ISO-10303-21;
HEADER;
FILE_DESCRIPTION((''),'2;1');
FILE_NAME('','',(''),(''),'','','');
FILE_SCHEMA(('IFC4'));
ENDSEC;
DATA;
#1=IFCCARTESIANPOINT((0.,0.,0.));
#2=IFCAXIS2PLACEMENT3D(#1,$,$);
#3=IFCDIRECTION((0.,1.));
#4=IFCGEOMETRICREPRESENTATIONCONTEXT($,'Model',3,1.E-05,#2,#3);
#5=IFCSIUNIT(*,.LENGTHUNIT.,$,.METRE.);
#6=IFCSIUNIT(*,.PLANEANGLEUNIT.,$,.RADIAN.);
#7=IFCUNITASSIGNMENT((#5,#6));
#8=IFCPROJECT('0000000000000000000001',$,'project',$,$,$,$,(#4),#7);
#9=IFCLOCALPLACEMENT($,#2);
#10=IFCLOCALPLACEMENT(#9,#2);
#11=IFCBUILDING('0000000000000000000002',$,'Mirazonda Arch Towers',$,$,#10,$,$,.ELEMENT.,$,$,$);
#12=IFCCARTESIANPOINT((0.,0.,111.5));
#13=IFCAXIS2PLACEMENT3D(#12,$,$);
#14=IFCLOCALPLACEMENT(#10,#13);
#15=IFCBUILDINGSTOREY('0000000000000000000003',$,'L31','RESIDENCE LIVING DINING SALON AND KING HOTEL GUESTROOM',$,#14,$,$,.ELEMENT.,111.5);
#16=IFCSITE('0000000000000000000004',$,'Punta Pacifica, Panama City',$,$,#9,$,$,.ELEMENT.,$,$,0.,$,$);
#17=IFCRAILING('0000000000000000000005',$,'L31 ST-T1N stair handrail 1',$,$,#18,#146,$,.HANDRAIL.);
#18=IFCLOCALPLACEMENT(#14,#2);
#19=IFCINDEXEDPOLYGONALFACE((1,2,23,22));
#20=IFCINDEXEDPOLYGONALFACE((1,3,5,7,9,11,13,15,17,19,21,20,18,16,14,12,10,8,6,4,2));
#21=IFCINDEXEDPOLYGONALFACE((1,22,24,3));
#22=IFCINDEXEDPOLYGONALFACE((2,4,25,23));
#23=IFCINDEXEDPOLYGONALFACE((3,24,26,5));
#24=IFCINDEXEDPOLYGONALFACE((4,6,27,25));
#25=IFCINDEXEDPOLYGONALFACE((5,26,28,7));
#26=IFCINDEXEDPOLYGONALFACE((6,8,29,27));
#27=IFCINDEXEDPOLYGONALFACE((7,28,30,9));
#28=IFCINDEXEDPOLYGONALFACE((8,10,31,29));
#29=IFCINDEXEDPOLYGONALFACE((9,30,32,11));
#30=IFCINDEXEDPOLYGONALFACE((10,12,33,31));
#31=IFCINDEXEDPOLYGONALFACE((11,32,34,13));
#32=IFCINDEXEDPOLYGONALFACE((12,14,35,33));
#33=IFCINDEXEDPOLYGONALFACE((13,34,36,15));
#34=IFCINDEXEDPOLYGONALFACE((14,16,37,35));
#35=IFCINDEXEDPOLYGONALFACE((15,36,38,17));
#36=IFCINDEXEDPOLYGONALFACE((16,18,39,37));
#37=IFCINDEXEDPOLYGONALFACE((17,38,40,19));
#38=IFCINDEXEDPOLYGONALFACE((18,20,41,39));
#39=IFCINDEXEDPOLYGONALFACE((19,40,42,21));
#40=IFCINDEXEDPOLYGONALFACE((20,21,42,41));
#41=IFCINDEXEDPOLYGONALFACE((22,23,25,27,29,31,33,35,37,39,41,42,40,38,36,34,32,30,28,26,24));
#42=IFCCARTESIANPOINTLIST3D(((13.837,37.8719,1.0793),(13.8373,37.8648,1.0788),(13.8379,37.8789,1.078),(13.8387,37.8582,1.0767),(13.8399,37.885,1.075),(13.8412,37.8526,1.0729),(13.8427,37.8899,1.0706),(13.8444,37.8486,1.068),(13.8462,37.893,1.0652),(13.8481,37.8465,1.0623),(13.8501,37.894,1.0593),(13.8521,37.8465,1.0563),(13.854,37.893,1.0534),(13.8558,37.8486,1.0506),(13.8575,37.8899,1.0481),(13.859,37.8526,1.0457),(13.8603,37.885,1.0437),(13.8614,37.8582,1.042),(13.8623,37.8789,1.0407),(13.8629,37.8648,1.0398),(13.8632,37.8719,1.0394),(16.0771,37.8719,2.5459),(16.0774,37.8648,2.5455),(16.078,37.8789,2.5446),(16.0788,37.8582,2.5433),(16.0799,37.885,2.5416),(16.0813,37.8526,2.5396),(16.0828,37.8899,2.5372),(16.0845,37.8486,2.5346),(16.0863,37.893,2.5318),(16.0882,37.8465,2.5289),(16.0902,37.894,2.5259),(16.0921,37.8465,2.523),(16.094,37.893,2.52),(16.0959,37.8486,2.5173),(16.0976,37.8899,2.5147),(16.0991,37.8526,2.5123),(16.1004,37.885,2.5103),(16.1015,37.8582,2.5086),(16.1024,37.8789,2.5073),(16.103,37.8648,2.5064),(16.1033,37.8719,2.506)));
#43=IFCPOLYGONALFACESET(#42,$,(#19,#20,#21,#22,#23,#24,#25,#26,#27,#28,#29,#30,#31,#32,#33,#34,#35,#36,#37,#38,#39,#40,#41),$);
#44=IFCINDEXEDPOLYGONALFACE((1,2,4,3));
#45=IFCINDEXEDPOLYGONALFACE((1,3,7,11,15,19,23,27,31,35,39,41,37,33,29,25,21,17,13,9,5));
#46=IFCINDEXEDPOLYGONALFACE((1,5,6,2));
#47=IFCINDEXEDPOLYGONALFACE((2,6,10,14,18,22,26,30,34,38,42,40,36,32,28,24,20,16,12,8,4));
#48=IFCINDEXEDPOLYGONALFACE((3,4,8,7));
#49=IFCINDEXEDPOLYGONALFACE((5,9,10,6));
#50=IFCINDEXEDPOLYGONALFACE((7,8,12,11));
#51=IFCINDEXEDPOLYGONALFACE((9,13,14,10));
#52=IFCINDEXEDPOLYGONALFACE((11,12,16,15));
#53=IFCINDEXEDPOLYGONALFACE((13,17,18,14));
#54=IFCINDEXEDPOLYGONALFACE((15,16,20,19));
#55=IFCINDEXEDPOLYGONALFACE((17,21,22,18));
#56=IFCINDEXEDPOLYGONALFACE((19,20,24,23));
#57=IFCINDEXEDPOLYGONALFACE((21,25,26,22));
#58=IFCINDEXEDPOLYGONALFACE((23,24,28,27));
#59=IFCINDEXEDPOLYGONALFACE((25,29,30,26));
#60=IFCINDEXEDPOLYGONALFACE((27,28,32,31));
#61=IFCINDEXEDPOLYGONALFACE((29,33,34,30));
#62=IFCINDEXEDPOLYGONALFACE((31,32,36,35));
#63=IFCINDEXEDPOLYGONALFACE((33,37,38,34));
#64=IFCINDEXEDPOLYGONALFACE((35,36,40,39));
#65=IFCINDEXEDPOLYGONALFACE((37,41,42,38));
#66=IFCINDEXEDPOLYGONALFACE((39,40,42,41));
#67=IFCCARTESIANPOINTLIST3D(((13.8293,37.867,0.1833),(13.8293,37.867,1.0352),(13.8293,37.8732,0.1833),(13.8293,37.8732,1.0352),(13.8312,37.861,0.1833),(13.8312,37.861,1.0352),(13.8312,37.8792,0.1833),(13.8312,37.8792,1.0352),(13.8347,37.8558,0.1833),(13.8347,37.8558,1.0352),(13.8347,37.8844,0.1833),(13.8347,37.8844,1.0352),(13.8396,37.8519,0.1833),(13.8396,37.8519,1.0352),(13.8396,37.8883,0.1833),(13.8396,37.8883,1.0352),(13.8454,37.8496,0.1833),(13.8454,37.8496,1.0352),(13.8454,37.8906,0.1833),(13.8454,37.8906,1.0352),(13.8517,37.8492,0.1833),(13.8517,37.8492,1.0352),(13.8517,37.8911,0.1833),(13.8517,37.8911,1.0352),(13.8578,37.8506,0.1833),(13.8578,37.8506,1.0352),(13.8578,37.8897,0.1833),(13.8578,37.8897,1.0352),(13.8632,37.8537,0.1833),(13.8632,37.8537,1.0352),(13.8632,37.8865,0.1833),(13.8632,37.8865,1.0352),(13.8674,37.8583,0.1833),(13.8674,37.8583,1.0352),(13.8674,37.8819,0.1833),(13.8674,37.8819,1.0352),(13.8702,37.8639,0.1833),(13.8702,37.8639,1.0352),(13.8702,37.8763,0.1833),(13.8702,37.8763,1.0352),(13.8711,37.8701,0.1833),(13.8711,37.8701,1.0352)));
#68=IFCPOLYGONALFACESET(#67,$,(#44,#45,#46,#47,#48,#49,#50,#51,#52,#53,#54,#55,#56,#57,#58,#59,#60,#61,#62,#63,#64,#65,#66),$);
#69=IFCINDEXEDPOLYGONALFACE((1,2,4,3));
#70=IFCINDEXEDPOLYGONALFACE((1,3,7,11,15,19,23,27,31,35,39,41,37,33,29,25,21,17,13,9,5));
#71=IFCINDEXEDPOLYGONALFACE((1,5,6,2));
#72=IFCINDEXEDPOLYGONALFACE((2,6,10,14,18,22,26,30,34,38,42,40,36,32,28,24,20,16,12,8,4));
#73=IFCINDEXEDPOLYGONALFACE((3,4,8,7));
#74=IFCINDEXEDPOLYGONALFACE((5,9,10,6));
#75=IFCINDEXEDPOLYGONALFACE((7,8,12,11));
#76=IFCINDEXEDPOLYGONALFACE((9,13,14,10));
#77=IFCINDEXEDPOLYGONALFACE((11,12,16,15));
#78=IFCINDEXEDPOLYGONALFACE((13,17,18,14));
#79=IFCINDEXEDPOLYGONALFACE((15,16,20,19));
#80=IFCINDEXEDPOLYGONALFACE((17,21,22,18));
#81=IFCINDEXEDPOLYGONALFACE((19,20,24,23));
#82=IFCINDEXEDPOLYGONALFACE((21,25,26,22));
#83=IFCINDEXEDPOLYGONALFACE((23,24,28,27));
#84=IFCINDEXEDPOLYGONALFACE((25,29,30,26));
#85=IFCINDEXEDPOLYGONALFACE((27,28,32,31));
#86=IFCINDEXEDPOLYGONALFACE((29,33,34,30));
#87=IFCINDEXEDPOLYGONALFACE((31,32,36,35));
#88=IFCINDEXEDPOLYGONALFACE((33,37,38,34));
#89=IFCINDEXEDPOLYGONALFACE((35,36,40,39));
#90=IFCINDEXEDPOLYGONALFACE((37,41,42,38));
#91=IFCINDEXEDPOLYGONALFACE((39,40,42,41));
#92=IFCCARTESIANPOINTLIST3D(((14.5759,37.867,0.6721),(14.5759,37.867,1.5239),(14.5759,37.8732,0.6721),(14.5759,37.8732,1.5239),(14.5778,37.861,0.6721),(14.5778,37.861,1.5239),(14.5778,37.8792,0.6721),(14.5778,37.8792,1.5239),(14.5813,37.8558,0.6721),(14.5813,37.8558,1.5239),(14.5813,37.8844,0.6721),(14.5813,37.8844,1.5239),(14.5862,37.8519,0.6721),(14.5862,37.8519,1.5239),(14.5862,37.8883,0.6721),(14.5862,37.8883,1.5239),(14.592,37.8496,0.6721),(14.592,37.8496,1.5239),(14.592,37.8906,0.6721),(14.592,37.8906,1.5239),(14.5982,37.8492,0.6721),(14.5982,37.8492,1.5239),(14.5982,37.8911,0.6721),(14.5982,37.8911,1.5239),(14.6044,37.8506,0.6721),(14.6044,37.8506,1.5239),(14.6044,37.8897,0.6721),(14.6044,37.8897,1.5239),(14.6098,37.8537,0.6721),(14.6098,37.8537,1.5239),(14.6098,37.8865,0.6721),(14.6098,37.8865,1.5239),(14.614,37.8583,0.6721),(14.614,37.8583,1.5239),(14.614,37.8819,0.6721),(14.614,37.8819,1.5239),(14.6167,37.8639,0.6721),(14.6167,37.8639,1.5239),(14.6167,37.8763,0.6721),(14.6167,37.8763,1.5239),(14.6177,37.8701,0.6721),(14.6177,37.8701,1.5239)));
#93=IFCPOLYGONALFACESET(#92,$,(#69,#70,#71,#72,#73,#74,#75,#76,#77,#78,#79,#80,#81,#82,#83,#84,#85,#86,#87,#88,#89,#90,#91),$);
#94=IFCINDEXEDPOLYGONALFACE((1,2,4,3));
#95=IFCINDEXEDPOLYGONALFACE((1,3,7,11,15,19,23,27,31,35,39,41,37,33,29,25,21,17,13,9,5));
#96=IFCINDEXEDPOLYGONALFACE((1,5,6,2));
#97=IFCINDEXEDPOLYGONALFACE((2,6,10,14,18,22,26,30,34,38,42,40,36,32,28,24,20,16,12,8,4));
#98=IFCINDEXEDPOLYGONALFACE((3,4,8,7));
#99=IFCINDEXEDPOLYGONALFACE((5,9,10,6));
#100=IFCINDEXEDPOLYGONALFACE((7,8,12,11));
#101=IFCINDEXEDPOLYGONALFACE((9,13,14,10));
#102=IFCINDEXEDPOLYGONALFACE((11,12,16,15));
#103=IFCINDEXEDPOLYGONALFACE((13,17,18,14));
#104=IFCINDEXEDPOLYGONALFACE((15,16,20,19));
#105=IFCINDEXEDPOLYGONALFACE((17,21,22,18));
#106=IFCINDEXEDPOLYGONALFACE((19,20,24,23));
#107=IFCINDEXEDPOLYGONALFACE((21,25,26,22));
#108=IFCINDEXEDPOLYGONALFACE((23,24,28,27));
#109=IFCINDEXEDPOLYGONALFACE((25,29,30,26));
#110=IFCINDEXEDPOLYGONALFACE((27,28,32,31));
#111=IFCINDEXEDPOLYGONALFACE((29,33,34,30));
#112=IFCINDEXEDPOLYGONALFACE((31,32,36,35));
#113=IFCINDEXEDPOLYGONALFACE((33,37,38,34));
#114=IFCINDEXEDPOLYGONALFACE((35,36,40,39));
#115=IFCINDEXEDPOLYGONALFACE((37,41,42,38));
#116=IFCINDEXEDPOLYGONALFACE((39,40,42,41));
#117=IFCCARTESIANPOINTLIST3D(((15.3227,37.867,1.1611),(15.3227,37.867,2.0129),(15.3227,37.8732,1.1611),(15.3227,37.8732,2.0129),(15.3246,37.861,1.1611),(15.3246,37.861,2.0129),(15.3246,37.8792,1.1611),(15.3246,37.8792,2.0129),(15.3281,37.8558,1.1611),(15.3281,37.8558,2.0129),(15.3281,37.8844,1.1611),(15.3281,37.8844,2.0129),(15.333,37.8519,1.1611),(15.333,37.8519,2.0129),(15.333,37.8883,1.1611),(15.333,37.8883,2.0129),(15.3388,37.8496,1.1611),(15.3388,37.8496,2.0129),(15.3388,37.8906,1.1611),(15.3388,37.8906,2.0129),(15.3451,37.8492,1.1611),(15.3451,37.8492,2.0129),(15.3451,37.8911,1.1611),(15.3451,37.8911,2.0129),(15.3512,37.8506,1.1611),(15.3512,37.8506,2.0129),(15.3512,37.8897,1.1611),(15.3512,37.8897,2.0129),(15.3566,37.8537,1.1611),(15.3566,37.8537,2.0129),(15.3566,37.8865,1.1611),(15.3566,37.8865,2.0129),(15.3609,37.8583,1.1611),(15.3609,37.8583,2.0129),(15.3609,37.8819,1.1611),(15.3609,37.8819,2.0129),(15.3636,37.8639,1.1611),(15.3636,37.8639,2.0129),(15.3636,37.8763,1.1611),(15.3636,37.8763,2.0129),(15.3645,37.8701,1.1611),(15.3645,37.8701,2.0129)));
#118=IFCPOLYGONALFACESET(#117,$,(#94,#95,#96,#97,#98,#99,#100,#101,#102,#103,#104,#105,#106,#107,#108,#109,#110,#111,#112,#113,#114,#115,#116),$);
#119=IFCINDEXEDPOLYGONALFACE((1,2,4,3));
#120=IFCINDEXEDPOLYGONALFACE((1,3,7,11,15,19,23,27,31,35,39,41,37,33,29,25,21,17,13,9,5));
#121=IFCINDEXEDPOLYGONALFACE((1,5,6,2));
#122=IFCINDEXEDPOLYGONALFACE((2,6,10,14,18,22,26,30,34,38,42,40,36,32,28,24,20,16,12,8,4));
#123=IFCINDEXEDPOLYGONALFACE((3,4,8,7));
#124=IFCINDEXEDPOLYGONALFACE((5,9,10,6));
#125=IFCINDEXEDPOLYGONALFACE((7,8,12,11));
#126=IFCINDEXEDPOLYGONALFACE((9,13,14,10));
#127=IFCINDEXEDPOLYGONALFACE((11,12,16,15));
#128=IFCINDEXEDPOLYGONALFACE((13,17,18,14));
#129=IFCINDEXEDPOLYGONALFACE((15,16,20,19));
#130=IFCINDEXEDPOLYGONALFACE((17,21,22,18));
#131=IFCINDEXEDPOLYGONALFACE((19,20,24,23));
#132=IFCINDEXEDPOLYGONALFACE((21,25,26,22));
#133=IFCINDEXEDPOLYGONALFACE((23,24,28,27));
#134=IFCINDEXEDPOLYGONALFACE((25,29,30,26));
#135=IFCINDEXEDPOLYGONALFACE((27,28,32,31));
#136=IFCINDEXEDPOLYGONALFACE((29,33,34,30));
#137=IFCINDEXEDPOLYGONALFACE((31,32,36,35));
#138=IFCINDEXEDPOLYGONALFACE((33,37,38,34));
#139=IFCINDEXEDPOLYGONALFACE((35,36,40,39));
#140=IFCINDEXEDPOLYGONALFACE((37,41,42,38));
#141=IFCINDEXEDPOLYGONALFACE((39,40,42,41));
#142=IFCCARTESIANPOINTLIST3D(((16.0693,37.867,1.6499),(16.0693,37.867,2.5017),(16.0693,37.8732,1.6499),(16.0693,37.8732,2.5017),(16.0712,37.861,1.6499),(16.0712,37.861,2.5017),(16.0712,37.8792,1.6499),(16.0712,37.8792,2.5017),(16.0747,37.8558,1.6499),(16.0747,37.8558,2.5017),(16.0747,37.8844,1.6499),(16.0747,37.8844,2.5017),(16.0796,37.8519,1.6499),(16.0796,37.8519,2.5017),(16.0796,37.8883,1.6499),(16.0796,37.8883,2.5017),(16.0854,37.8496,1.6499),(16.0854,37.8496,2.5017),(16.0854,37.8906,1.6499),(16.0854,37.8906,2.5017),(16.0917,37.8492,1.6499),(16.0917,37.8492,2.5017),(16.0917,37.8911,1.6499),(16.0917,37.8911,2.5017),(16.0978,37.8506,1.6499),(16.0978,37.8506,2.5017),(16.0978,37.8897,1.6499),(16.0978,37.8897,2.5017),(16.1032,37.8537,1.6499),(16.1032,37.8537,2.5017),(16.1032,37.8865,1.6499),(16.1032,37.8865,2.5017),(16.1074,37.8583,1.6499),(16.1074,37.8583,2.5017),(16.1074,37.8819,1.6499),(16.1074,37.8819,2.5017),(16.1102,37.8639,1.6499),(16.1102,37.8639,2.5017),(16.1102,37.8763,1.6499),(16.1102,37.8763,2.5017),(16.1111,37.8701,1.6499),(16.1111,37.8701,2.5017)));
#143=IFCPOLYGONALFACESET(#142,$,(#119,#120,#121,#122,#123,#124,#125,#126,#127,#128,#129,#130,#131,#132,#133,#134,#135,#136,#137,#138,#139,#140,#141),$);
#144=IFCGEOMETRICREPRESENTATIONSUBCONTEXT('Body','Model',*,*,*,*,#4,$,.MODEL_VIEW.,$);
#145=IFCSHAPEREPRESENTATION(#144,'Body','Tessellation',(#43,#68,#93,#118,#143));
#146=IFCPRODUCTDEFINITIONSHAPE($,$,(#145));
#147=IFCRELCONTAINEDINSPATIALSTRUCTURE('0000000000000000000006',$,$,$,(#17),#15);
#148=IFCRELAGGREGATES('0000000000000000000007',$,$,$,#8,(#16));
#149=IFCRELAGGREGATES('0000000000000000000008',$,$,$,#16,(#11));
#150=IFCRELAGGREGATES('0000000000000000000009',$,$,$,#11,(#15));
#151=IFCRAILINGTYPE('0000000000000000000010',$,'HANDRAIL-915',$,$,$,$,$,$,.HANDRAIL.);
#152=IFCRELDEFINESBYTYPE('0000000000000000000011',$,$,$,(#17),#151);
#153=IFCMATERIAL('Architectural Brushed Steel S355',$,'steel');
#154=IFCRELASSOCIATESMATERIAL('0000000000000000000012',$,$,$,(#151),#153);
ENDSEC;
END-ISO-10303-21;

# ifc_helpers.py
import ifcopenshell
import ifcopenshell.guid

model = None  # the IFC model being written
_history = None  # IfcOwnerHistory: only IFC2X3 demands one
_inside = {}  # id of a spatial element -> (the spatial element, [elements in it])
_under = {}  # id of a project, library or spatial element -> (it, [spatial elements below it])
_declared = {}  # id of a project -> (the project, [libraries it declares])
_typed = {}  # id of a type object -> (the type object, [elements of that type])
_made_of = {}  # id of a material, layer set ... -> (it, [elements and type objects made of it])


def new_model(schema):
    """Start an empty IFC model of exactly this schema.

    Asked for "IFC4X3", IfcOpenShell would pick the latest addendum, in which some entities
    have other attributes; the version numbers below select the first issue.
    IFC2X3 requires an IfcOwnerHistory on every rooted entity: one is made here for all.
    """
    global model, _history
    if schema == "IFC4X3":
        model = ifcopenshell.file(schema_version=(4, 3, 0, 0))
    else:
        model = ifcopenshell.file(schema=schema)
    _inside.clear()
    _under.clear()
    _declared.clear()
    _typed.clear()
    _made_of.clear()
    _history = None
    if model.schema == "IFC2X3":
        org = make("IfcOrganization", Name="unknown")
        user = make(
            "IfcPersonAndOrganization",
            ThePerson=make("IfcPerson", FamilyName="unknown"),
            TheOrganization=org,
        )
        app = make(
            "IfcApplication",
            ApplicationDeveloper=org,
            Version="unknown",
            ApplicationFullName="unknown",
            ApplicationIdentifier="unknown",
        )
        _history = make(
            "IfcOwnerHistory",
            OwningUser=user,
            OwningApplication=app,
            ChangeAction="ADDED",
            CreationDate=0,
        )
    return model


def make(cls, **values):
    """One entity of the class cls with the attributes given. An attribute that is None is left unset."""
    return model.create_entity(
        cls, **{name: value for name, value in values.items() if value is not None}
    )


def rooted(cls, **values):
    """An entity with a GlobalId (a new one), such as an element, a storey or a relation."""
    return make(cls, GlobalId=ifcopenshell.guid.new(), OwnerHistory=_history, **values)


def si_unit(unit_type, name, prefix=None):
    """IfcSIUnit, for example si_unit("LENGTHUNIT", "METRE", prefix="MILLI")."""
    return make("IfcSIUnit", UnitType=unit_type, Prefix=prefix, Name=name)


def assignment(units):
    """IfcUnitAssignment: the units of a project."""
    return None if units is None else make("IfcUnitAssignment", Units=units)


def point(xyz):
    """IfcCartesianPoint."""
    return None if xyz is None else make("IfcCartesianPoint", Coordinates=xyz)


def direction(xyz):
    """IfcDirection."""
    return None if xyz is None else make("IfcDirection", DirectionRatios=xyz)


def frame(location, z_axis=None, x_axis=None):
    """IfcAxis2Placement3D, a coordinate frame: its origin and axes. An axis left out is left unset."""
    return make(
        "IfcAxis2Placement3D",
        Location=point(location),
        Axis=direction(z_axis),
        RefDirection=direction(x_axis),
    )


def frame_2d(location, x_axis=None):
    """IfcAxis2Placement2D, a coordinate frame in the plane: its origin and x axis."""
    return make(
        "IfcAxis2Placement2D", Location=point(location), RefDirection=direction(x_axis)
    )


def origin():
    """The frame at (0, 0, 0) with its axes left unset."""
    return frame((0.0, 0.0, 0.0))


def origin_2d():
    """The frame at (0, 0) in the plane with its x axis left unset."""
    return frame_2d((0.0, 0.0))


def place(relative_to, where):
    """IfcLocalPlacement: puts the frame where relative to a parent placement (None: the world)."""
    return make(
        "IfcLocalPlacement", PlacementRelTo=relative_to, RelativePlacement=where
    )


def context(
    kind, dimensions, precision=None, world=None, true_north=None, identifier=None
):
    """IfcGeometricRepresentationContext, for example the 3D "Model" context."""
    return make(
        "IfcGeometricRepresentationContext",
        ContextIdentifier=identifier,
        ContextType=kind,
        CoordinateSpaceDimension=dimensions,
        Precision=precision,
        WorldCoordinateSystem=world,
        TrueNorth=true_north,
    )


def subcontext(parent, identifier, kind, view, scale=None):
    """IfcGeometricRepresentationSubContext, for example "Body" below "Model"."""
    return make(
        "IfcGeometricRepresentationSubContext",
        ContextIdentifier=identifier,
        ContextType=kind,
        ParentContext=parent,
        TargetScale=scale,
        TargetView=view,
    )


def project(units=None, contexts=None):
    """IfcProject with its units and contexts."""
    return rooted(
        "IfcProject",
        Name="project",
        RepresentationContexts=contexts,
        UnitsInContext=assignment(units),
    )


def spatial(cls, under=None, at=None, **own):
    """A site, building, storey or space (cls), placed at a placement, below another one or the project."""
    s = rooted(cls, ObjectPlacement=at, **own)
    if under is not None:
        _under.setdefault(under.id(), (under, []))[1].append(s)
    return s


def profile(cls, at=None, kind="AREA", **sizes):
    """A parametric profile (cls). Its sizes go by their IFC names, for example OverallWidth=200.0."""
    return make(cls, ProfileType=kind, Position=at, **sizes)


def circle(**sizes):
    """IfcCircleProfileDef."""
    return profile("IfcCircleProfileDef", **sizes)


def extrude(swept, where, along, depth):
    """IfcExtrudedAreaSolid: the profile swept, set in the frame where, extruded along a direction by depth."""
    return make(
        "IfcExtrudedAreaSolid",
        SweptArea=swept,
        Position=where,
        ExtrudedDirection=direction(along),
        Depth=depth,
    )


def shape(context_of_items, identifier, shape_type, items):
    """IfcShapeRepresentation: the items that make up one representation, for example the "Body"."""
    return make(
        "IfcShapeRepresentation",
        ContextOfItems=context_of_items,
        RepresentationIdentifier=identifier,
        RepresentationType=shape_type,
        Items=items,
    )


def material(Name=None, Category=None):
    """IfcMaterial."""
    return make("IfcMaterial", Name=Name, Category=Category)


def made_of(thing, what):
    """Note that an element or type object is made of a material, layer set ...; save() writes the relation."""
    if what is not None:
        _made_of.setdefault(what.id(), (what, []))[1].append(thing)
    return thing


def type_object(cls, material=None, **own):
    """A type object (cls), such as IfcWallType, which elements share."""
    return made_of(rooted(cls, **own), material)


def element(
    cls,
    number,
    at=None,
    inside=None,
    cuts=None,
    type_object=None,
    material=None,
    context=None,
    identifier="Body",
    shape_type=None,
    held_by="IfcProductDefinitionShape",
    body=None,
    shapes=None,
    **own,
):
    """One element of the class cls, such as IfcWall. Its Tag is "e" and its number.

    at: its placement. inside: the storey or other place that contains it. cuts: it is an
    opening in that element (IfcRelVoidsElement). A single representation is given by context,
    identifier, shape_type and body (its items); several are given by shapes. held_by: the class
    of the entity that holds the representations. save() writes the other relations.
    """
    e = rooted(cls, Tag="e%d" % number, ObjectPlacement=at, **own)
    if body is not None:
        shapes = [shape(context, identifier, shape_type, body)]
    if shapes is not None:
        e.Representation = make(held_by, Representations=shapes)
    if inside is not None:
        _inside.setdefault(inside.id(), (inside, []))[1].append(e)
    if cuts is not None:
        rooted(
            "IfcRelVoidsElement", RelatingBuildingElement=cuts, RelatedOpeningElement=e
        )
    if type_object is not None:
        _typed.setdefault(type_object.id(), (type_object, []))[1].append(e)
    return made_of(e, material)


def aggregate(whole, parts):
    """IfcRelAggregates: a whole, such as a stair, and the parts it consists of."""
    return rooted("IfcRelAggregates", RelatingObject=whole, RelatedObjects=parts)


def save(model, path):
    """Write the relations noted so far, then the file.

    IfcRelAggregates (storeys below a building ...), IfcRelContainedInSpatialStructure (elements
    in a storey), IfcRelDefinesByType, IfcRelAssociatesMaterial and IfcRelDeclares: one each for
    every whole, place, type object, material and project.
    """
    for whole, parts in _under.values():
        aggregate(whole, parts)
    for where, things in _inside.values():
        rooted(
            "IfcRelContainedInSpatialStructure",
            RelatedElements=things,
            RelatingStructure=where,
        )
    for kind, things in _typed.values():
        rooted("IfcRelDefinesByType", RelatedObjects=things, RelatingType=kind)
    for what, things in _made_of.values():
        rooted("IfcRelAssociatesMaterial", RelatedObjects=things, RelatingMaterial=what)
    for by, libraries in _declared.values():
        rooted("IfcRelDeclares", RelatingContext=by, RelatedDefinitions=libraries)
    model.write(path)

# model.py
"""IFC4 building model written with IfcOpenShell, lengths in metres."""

from ifc_helpers import new_model, si_unit, direction, frame, origin, origin_2d, place, context, subcontext, project, spatial, circle, extrude, material, type_object, element, save


model = new_model("IFC4")

# Units and contexts
model_context = context("Model", 3, precision=1e-05, world=origin(), true_north=direction((0.0, 1.0)))
body_context = subcontext(model_context, "Body", "Model", "MODEL_VIEW")
ifc_project = project(units=[si_unit("LENGTHUNIT", "METRE"), si_unit("PLANEANGLEUNIT", "RADIAN")], contexts=[model_context])

# Site, building, storey
site_placement = place(None, origin())
site = spatial("IfcSite", under=ifc_project, at=site_placement, Name="Punta Pacifica, Panama City", CompositionType="ELEMENT", RefElevation=0.0)
building_placement = place(site_placement, origin())
building = spatial("IfcBuilding", under=site, at=building_placement, Name="Mirazonda Arch Towers", CompositionType="ELEMENT")
storey_placement = place(building_placement, frame((0.0, 0.0, 111.5)))
storey = spatial("IfcBuildingStorey", under=building, at=storey_placement, Name="L31", Description="RESIDENCE LIVING DINING SALON AND KING HOTEL GUESTROOM", CompositionType="ELEMENT", Elevation=111.5)

# Shared definitions
ifc_material_1 = material(Name="Architectural Brushed Steel S355", Category="steel")

# Railing
railing_type_1 = type_object("IfcRailingType", Name="HANDRAIL-915", PredefinedType="HANDRAIL", material=ifc_material_1)
railing_1_placement = place(storey_placement, frame((13.8501, 37.8701, 0.1833)))
element("IfcRailing", 1, at=railing_1_placement, inside=storey, type_object=railing_type_1, Name="L31 ST-T1N stair handrail 1", PredefinedType="HANDRAIL", context=body_context, shape_type="SweptSolid", body=[
    extrude(circle(Radius=0.0239, at=origin_2d()), frame((0.0, 0.0, 0.876), z_axis=(0.836637, 0.0, 0.547758), x_axis=(0.0, 1.0, 0.0)), (0.0, 0.0, 1.0), 2.6775),
    extrude(circle(Radius=0.021, at=origin_2d()), origin(), (0.0, 0.0, 1.0), 0.8518),
    extrude(circle(Radius=0.021, at=origin_2d()), frame((0.7466, 0.0, 0.4888)), (0.0, 0.0, 1.0), 0.8518),
    extrude(circle(Radius=0.021, at=origin_2d()), frame((1.4934, 0.0, 0.9778)), (0.0, 0.0, 1.0), 0.8518),
    extrude(circle(Radius=0.021, at=origin_2d()), frame((2.24, 0.0, 1.4666)), (0.0, 0.0, 1.0), 0.8518),
])

save(model, "model.ifc")
